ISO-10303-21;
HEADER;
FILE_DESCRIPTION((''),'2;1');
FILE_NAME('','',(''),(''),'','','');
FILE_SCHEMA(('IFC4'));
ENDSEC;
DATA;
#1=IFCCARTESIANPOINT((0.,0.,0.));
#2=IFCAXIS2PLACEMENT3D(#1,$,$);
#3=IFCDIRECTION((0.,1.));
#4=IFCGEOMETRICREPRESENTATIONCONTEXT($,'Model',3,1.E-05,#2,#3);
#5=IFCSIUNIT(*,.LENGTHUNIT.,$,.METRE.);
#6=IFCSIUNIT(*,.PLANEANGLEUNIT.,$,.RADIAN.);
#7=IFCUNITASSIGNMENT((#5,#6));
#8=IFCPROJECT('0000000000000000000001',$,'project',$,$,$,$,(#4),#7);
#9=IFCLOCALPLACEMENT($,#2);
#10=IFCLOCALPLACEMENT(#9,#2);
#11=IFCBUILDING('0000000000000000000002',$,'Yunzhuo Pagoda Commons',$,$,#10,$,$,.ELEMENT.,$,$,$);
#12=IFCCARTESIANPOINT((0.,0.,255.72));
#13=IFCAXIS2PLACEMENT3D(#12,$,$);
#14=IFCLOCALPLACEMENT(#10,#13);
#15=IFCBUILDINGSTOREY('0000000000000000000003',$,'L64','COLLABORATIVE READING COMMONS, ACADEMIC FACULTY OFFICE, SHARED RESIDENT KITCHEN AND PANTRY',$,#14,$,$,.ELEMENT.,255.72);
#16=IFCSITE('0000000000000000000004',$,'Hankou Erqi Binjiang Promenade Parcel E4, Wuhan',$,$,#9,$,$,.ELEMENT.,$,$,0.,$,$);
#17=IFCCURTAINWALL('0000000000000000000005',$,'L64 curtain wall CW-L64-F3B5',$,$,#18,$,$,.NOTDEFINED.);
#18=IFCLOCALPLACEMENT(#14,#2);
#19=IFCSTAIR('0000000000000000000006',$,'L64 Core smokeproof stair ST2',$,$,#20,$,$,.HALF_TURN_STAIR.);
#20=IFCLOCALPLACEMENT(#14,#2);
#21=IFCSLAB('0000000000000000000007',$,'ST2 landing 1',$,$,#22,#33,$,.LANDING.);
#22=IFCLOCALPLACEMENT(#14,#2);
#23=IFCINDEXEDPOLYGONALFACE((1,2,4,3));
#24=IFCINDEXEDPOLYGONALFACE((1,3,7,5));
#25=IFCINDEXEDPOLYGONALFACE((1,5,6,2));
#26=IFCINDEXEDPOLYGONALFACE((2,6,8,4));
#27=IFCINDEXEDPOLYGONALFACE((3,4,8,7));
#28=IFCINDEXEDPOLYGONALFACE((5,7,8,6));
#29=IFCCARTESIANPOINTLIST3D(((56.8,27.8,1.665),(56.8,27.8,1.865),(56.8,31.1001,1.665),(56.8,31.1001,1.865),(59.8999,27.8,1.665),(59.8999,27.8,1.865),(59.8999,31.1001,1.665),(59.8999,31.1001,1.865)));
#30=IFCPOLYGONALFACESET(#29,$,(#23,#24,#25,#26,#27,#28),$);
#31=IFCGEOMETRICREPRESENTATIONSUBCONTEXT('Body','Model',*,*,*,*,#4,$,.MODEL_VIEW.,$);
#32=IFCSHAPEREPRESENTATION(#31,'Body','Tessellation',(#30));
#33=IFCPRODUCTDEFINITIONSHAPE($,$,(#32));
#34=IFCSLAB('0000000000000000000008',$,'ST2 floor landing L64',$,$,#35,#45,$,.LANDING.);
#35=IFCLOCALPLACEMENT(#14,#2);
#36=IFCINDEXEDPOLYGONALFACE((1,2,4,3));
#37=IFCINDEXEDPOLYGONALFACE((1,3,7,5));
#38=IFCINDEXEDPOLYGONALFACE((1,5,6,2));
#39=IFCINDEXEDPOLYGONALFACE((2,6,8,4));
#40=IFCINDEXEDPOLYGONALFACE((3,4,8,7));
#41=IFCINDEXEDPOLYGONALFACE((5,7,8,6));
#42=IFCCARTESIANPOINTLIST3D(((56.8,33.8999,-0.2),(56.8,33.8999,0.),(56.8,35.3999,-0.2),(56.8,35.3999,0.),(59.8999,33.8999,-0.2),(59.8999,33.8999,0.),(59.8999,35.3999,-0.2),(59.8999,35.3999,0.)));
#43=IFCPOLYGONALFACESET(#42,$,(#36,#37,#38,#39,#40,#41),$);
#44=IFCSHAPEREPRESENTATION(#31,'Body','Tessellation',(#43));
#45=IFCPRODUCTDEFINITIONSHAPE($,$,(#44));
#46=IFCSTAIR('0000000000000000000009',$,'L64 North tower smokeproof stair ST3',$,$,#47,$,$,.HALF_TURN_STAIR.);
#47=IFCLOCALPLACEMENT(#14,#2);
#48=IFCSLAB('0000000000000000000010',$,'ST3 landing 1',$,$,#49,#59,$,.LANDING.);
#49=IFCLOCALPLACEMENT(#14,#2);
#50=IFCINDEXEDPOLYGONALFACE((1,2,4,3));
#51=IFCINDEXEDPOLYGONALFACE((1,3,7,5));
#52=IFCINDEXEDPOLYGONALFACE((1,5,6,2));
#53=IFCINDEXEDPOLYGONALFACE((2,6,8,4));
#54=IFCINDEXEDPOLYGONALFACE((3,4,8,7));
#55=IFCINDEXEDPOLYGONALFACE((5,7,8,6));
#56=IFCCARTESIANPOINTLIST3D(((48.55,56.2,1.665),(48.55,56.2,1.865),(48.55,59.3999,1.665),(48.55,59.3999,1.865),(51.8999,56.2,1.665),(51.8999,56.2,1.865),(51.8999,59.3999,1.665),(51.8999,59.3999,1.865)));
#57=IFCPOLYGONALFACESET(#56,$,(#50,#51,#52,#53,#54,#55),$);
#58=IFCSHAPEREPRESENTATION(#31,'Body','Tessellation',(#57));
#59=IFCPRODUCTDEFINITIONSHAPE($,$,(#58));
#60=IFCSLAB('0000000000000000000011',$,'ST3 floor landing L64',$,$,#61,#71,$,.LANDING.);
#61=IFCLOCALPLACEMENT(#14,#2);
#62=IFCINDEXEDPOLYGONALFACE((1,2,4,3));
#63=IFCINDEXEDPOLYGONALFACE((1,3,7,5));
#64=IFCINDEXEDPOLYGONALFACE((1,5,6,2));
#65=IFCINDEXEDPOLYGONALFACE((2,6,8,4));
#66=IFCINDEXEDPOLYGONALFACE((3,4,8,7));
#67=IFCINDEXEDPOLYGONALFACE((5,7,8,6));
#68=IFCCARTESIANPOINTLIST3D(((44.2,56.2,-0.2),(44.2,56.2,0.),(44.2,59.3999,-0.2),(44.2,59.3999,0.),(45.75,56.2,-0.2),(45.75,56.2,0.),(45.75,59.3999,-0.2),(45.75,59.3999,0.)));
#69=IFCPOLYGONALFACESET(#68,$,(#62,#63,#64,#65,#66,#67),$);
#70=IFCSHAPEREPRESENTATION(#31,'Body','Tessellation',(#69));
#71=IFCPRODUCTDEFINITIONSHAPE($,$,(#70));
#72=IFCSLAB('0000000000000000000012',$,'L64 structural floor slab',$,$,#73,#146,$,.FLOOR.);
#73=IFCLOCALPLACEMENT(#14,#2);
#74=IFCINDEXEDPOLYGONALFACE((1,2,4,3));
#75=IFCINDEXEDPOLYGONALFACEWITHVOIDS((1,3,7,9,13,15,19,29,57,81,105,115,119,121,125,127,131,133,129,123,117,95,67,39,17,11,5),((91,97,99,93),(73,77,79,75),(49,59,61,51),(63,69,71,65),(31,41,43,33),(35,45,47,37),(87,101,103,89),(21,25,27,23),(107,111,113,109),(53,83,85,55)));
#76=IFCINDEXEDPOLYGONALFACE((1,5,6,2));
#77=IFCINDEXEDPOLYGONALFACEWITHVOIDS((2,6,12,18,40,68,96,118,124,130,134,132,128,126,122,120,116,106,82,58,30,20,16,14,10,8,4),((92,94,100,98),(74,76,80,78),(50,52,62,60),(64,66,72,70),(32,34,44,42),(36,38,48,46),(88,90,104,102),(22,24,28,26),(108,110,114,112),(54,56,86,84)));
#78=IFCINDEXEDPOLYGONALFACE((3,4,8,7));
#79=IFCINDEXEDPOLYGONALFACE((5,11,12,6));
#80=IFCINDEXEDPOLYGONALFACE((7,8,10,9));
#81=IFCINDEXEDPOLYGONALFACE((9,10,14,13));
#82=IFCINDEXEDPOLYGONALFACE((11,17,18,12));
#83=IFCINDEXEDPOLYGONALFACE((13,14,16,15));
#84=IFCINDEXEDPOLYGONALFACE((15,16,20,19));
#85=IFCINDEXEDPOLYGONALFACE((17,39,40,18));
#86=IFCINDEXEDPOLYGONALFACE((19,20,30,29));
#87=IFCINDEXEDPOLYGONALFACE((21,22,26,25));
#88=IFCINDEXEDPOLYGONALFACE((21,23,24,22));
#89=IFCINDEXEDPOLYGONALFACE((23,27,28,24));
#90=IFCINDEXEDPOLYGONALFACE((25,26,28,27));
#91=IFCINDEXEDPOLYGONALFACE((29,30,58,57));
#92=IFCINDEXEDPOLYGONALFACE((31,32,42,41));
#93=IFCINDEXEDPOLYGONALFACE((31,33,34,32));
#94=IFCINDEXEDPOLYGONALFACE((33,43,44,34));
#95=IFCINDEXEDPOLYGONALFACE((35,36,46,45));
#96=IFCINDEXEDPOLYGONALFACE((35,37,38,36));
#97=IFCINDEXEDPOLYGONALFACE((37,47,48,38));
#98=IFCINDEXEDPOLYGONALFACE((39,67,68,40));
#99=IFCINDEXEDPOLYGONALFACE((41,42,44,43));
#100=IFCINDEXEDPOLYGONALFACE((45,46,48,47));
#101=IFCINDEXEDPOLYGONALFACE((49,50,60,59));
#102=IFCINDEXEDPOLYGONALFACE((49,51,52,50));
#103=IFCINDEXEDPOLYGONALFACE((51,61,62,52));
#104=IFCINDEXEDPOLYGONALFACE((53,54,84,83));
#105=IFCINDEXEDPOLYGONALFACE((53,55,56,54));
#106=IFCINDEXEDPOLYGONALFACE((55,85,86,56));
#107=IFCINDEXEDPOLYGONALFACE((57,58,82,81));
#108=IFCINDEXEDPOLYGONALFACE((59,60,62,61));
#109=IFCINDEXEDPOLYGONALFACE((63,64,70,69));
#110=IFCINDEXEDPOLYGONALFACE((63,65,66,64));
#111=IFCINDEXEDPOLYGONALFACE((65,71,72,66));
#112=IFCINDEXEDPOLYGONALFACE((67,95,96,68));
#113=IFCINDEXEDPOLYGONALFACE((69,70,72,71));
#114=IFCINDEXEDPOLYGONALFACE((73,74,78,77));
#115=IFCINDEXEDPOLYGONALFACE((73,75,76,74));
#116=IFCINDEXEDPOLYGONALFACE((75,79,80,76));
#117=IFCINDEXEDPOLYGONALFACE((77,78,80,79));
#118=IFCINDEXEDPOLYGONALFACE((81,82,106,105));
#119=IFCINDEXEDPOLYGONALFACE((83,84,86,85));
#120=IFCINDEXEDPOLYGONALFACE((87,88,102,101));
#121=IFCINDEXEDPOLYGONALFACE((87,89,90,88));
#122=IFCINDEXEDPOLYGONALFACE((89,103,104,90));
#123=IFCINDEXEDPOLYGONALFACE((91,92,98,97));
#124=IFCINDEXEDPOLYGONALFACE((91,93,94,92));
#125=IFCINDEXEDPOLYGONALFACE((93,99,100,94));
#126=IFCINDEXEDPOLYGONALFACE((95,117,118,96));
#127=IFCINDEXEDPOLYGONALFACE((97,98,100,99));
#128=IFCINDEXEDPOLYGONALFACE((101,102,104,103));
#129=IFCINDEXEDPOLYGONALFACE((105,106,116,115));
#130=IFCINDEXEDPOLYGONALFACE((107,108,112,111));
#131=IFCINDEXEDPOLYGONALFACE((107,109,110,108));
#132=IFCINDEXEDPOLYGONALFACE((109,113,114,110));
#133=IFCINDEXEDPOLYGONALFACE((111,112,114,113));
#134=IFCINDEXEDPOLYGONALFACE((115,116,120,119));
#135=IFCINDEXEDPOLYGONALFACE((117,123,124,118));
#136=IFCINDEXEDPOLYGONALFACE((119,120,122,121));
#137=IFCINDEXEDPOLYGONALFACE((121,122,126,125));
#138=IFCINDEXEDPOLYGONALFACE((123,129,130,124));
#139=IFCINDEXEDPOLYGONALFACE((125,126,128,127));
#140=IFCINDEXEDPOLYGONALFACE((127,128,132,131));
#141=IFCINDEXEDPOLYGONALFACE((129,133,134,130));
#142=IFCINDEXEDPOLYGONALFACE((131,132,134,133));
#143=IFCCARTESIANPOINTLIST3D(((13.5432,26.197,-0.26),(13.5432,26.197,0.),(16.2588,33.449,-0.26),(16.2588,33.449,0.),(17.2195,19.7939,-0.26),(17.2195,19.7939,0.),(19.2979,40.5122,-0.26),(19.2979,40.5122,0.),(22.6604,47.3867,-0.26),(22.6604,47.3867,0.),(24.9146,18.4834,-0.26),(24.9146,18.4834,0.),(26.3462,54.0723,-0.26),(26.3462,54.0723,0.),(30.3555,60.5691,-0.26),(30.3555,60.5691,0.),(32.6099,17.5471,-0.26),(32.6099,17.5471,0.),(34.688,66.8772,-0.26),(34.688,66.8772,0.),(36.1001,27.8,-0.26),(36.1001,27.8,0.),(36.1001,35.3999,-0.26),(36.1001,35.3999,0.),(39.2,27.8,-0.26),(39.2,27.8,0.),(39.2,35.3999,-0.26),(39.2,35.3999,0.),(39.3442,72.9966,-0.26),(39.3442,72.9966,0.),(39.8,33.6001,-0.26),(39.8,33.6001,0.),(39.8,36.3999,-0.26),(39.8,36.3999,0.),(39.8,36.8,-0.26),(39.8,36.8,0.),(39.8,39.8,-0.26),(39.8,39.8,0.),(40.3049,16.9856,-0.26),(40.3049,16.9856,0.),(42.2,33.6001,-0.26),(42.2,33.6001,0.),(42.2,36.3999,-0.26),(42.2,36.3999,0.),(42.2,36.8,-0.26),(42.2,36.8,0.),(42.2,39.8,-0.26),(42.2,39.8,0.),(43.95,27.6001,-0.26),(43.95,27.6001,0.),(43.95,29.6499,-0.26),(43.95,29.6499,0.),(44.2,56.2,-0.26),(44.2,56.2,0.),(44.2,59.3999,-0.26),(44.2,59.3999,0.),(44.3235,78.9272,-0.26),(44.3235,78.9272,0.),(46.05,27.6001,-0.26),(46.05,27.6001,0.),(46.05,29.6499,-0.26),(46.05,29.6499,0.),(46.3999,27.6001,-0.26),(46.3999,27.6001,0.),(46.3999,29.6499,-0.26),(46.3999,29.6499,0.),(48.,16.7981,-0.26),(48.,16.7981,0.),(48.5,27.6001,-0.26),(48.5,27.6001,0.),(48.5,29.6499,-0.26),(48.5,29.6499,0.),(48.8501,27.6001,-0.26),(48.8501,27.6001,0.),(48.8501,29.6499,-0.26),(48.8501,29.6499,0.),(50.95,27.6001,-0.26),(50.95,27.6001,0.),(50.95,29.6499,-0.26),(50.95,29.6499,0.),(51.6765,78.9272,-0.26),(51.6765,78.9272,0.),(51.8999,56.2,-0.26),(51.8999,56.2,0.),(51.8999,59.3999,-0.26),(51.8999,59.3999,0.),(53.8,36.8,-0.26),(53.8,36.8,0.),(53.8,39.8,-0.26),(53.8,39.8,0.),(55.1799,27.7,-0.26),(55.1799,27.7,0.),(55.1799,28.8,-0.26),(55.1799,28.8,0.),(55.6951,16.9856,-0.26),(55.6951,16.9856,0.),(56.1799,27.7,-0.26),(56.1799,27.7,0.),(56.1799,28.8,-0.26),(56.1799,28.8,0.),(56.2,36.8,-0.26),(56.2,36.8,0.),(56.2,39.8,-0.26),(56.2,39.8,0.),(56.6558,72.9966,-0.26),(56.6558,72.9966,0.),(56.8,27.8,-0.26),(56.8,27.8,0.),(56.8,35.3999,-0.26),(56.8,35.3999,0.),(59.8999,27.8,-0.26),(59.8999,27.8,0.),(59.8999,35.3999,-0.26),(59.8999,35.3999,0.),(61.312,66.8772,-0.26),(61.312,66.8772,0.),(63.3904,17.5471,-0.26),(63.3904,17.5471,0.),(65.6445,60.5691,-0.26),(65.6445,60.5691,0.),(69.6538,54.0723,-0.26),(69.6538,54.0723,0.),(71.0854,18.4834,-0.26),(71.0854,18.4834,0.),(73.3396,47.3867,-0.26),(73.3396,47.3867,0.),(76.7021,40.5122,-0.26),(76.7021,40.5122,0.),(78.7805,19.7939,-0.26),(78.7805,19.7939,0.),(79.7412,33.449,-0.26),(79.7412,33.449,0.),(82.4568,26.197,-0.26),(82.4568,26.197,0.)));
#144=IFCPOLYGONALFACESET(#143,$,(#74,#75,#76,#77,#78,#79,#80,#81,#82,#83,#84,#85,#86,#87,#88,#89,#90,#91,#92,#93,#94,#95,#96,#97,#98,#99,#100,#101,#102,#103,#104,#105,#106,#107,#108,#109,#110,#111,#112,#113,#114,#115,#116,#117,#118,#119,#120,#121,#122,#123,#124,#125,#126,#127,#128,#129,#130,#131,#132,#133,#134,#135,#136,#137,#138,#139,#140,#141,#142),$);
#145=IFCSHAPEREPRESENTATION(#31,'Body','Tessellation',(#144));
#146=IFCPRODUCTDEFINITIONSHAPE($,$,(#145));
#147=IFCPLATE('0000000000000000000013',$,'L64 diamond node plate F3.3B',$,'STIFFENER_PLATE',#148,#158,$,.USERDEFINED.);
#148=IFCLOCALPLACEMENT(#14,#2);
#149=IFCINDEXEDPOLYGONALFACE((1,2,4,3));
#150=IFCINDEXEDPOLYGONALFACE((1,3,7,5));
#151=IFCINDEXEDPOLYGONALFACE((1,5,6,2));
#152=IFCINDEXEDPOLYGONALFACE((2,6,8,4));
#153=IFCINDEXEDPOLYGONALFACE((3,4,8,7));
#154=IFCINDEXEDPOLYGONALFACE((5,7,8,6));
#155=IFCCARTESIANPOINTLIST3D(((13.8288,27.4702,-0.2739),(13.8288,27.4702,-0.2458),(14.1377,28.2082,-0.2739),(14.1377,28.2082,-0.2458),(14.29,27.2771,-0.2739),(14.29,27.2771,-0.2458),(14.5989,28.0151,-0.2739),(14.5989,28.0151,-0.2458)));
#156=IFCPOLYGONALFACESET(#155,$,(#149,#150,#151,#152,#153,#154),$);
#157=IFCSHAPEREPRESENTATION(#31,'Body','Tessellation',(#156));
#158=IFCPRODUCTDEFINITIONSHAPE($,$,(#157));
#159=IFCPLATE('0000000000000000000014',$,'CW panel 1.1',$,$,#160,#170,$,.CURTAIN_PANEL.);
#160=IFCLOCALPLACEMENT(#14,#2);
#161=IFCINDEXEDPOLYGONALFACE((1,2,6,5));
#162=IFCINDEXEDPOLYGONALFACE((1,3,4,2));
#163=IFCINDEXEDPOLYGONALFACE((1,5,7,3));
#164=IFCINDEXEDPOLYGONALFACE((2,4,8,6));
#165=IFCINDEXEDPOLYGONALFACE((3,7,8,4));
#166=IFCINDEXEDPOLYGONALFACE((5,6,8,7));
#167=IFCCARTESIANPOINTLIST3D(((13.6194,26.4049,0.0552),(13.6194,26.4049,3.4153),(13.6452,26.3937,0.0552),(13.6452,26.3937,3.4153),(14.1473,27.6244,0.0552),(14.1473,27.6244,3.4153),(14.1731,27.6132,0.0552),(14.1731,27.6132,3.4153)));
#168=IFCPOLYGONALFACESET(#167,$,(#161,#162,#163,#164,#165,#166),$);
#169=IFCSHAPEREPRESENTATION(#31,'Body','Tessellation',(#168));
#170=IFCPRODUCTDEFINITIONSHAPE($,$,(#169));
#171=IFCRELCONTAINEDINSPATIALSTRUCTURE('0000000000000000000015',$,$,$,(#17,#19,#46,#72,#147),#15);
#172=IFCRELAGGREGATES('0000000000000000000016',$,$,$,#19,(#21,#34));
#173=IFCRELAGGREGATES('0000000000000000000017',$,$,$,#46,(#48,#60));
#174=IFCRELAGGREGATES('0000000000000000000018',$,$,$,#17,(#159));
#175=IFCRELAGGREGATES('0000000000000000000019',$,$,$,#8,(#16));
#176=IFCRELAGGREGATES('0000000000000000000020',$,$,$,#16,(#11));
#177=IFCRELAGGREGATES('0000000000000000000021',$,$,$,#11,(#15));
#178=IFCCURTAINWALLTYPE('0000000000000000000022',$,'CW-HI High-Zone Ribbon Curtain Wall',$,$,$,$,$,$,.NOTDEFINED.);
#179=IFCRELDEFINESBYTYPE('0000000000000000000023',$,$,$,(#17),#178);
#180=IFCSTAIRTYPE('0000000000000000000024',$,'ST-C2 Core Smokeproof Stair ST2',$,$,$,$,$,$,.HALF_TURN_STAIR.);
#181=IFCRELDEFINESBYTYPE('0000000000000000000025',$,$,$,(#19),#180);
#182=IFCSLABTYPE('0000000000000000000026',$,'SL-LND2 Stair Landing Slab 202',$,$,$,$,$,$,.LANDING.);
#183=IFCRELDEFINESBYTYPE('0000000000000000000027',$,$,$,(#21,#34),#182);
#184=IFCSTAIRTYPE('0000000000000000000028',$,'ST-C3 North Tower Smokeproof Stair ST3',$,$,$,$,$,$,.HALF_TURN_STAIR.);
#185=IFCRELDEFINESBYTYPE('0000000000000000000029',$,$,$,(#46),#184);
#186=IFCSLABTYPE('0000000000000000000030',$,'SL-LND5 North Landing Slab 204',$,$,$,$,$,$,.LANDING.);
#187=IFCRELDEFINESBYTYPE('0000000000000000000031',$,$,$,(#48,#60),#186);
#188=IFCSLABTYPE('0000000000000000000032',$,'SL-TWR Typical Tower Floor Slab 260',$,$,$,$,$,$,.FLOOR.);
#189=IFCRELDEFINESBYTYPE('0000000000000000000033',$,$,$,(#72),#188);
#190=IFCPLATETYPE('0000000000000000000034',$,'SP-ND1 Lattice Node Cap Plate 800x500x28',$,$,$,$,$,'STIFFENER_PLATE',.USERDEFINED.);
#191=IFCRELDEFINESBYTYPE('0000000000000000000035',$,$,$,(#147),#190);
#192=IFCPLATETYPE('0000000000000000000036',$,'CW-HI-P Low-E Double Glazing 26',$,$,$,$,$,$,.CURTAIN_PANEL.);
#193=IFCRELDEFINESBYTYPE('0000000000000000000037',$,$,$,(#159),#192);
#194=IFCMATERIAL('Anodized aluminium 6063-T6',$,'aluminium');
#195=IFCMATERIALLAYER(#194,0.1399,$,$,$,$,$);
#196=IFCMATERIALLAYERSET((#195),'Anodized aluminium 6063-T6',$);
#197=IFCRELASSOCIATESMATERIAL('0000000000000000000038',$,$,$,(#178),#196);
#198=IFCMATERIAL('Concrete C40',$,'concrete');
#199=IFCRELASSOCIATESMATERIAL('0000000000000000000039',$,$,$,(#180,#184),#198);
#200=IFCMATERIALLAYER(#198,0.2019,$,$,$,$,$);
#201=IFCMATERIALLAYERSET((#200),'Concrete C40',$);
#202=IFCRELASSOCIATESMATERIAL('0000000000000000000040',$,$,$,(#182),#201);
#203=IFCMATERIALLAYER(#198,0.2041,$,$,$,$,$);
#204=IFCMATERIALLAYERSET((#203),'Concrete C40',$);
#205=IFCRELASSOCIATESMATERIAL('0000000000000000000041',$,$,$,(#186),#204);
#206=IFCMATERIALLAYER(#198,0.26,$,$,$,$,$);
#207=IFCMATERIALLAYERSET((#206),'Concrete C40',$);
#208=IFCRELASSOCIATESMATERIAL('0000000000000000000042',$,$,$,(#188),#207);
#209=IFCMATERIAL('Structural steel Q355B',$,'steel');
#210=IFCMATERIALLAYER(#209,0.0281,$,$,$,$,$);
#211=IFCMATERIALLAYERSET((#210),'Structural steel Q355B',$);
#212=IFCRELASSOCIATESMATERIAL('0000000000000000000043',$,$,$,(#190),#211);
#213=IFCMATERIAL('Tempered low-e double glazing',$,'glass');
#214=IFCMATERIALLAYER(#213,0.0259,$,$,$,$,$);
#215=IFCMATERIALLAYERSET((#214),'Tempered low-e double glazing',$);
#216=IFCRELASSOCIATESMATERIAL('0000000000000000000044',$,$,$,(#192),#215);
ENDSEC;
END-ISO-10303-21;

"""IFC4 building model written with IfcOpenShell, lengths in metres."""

from ifc_helpers import new_model, si_unit, direction, frame, origin, origin_2d, place, context, subcontext, project, spatial, polyline, rectangle, outline, extrude, source, transform, mapped, material, layer, layer_set, type_object, element, aggregate, save


model = new_model("IFC4")

# Units and contexts
model_context = context("Model", 3, precision=1e-05, world=origin(), true_north=direction((0.0, 1.0)))
body_context = subcontext(model_context, "Body", "Model", "MODEL_VIEW")
ifc_project = project(units=[si_unit("LENGTHUNIT", "METRE"), si_unit("PLANEANGLEUNIT", "RADIAN")], contexts=[model_context])

# Site, building, storey
site_placement = place(None, origin())
site = spatial("IfcSite", under=ifc_project, at=site_placement, Name="Hankou Erqi Binjiang Promenade Parcel E4, Wuhan", CompositionType="ELEMENT", RefElevation=0.0)
building_placement = place(site_placement, origin())
building = spatial("IfcBuilding", under=site, at=building_placement, Name="Yunzhuo Pagoda Commons", CompositionType="ELEMENT")
storey_placement = place(building_placement, frame((0.0, 0.0, 255.72)))
storey = spatial("IfcBuildingStorey", under=building, at=storey_placement, Name="L64", Description="COLLABORATIVE READING COMMONS, ACADEMIC FACULTY OFFICE, SHARED RESIDENT KITCHEN AND PANTRY", CompositionType="ELEMENT", Elevation=255.72)

# Shared definitions
ifc_material_1 = material(Name="Structural steel Q355B", Category="steel")

# Shared definitions
ifc_material_2 = material(Name="Anodized aluminium 6063-T6", Category="aluminium")
ifc_layer_1 = layer(ifc_material_2, 0.1399)
ifc_layer_set_1 = layer_set([ifc_layer_1], Name="Anodized aluminium 6063-T6")
curtain_wall_type = type_object("IfcCurtainWallType", Name="CW-HI High-Zone Ribbon Curtain Wall", PredefinedType="NOTDEFINED", material=ifc_layer_set_1)

# Curtain wall
curtain_wall_1_placement = place(storey_placement, origin())
curtain_wall_1 = element("IfcCurtainWall", 1, at=curtain_wall_1_placement, inside=storey, type_object=curtain_wall_type, Name="L64 curtain wall CW-L64-F3B5", PredefinedType="NOTDEFINED")

# Shared definitions
ifc_material_3 = material(Name="Concrete C40", Category="concrete")

# Stairs, slabs
stair_type_1 = type_object("IfcStairType", Name="ST-C2 Core Smokeproof Stair ST2", PredefinedType="HALF_TURN_STAIR", material=ifc_material_3)
stair_1_placement = place(storey_placement, origin())
stair_1 = element("IfcStair", 2, at=stair_1_placement, inside=storey, type_object=stair_type_1, Name="L64 Core smokeproof stair ST2", PredefinedType="HALF_TURN_STAIR")
ifc_layer_2 = layer(ifc_material_3, 0.2019)
ifc_layer_set_2 = layer_set([ifc_layer_2], Name="Concrete C40")
slab_type_1 = type_object("IfcSlabType", Name="SL-LND2 Stair Landing Slab 202", PredefinedType="LANDING", material=ifc_layer_set_2)
slab_1_placement = place(storey_placement, frame((0.0, 0.0, 1.665)))
slab_1 = element("IfcSlab", 3, at=slab_1_placement, type_object=slab_type_1, Name="ST2 landing 1", PredefinedType="LANDING", context=body_context, shape_type="SweptSolid", body=[
    extrude(outline(polyline([(56.8, 31.1001), (56.8, 27.8), (59.8999, 27.8), (59.8999, 31.1001), (56.8, 31.1001)])), origin(), (0.0, 0.0, 1.0), 0.2),
])
slab_2_placement = place(storey_placement, frame((0.0, 0.0, -0.2)))
slab_2 = element("IfcSlab", 4, at=slab_2_placement, type_object=slab_type_1, Name="ST2 floor landing L64", PredefinedType="LANDING", context=body_context, shape_type="SweptSolid", body=[
    extrude(outline(polyline([(56.8, 35.3999), (56.8, 33.8999), (59.8999, 33.8999), (59.8999, 35.3999), (56.8, 35.3999)])), origin(), (0.0, 0.0, 1.0), 0.2),
])
aggregate(stair_1, [slab_1, slab_2])
stair_type_2 = type_object("IfcStairType", Name="ST-C3 North Tower Smokeproof Stair ST3", PredefinedType="HALF_TURN_STAIR", material=ifc_material_3)
stair_2_placement = place(storey_placement, origin())
stair_2 = element("IfcStair", 5, at=stair_2_placement, inside=storey, type_object=stair_type_2, Name="L64 North tower smokeproof stair ST3", PredefinedType="HALF_TURN_STAIR")
ifc_layer_3 = layer(ifc_material_3, 0.2041)
ifc_layer_set_3 = layer_set([ifc_layer_3], Name="Concrete C40")
slab_type_2 = type_object("IfcSlabType", Name="SL-LND5 North Landing Slab 204", PredefinedType="LANDING", material=ifc_layer_set_3)
slab_3_placement = place(storey_placement, frame((0.0, 0.0, 1.665)))
slab_3 = element("IfcSlab", 6, at=slab_3_placement, type_object=slab_type_2, Name="ST3 landing 1", PredefinedType="LANDING", context=body_context, shape_type="SweptSolid", body=[
    extrude(outline(polyline([(48.55, 56.2), (51.8999, 56.2), (51.8999, 59.3999), (48.55, 59.3999), (48.55, 56.2)])), origin(), (0.0, 0.0, 1.0), 0.2),
])
slab_4_placement = place(storey_placement, frame((0.0, 0.0, -0.2)))
slab_4 = element("IfcSlab", 7, at=slab_4_placement, type_object=slab_type_2, Name="ST3 floor landing L64", PredefinedType="LANDING", context=body_context, shape_type="SweptSolid", body=[
    extrude(outline(polyline([(44.2, 56.2), (45.75, 56.2), (45.75, 59.3999), (44.2, 59.3999), (44.2, 56.2)])), origin(), (0.0, 0.0, 1.0), 0.2),
])
aggregate(stair_2, [slab_3, slab_4])

# Slab
ifc_layer_4 = layer(ifc_material_3, 0.26)
ifc_layer_set_4 = layer_set([ifc_layer_4], Name="Concrete C40")
slab_type_3 = type_object("IfcSlabType", Name="SL-TWR Typical Tower Floor Slab 260", PredefinedType="FLOOR", material=ifc_layer_set_4)
slab_5_placement = place(storey_placement, frame((0.0, 0.0, -0.26)))
element("IfcSlab", 8, at=slab_5_placement, inside=storey, type_object=slab_type_3, Name="L64 structural floor slab", PredefinedType="FLOOR", context=body_context, shape_type="SweptSolid", body=[
    extrude(outline(polyline([(16.2588, 33.449), (19.2979, 40.5122), (22.6604, 47.3867), (26.3462, 54.0723), (30.3555, 60.5691), (34.688, 66.8772), (39.3442, 72.9966), (44.3235, 78.9272), (51.6765, 78.9272), (56.6558, 72.9966), (61.312, 66.8772), (65.6445, 60.5691), (69.6538, 54.0723), (73.3396, 47.3867), (76.7021, 40.5122), (79.7412, 33.449), (82.4568, 26.197), (78.7805, 19.7939), (71.0854, 18.4834), (63.3904, 17.5471), (55.6951, 16.9856), (48.0, 16.7981), (40.3049, 16.9856), (32.6099, 17.5471), (24.9146, 18.4834), (17.2195, 19.7939), (13.5432, 26.197), (16.2588, 33.449)]), holes=[polyline([(56.1799, 28.8), (55.1799, 28.8), (55.1799, 27.7), (56.1799, 27.7), (56.1799, 28.8)]), polyline([(46.05, 29.6499), (43.95, 29.6499), (43.95, 27.6001), (46.05, 27.6001), (46.05, 29.6499)]), polyline([(48.5, 29.6499), (46.3999, 29.6499), (46.3999, 27.6001), (48.5, 27.6001), (48.5, 29.6499)]), polyline([(50.95, 27.6001), (50.95, 29.6499), (48.8501, 29.6499), (48.8501, 27.6001), (50.95, 27.6001)]), polyline([(36.1001, 27.8), (39.2, 27.8), (39.2, 35.3999), (36.1001, 35.3999), (36.1001, 27.8)]), polyline([(59.8999, 27.8), (59.8999, 35.3999), (56.8, 35.3999), (56.8, 27.8), (59.8999, 27.8)]), polyline([(42.2, 36.3999), (39.8, 36.3999), (39.8, 33.6001), (42.2, 33.6001), (42.2, 36.3999)]), polyline([(42.2, 39.8), (39.8, 39.8), (39.8, 36.8), (42.2, 36.8), (42.2, 39.8)]), polyline([(56.2, 36.8), (56.2, 39.8), (53.8, 39.8), (53.8, 36.8), (56.2, 36.8)]), polyline([(51.8999, 56.2), (51.8999, 59.3999), (44.2, 59.3999), (44.2, 56.2), (51.8999, 56.2)])]), origin(), (0.0, 0.0, 1.0), 0.26),
])

# Plates
ifc_layer_5 = layer(ifc_material_1, 0.0281)
ifc_layer_set_5 = layer_set([ifc_layer_5], Name="Structural steel Q355B")
plate_type_1 = type_object("IfcPlateType", Name="SP-ND1 Lattice Node Cap Plate 800x500x28", ElementType="STIFFENER_PLATE", PredefinedType="USERDEFINED", material=ifc_layer_set_5)
shared_shape_1 = source(origin(), body_context, "Body", "SweptSolid", [
    extrude(rectangle(XDim=0.8, YDim=0.5, at=origin_2d()), origin(), (0.0, 0.0, 1.0), 0.0281),
])
plate_1_placement = place(storey_placement, frame((14.2139, 27.7427, -0.2739), z_axis=(0.0, 0.0, 1.0), x_axis=(-0.386115, -0.922451, 0.0)))
element("IfcPlate", 9, at=plate_1_placement, inside=storey, type_object=plate_type_1, Name="L64 diamond node plate F3.3B", ObjectType="STIFFENER_PLATE", PredefinedType="USERDEFINED", context=body_context, shape_type="MappedRepresentation", body=[
    mapped(shared_shape_1, transform((0.0, 0.0, 0.0), scale=1.0)),
])
ifc_material_4 = material(Name="Tempered low-e double glazing", Category="glass")
ifc_layer_6 = layer(ifc_material_4, 0.0259)
ifc_layer_set_6 = layer_set([ifc_layer_6], Name="Tempered low-e double glazing")
plate_type_2 = type_object("IfcPlateType", Name="CW-HI-P Low-E Double Glazing 26", PredefinedType="CURTAIN_PANEL", material=ifc_layer_set_6)
shared_shape_2 = source(origin(), body_context, "Body", "SweptSolid", [
    extrude(rectangle(XDim=1.3289, YDim=0.0281, at=origin_2d()), origin(), (0.0, 0.0, 1.0), 3.3601),
])
plate_2_placement = place(storey_placement, frame((13.8962, 27.009, 0.0552), z_axis=(0.0, 0.0, 1.0), x_axis=(-0.397257, -0.917707, 0.0)))
plate_2 = element("IfcPlate", 10, at=plate_2_placement, type_object=plate_type_2, Name="CW panel 1.1", PredefinedType="CURTAIN_PANEL", context=body_context, shape_type="MappedRepresentation", body=[
    mapped(shared_shape_2, transform((0.0, 0.0, 0.0), scale=1.0)),
])
aggregate(curtain_wall_1, [plate_2])

save(model, "model.ifc")
